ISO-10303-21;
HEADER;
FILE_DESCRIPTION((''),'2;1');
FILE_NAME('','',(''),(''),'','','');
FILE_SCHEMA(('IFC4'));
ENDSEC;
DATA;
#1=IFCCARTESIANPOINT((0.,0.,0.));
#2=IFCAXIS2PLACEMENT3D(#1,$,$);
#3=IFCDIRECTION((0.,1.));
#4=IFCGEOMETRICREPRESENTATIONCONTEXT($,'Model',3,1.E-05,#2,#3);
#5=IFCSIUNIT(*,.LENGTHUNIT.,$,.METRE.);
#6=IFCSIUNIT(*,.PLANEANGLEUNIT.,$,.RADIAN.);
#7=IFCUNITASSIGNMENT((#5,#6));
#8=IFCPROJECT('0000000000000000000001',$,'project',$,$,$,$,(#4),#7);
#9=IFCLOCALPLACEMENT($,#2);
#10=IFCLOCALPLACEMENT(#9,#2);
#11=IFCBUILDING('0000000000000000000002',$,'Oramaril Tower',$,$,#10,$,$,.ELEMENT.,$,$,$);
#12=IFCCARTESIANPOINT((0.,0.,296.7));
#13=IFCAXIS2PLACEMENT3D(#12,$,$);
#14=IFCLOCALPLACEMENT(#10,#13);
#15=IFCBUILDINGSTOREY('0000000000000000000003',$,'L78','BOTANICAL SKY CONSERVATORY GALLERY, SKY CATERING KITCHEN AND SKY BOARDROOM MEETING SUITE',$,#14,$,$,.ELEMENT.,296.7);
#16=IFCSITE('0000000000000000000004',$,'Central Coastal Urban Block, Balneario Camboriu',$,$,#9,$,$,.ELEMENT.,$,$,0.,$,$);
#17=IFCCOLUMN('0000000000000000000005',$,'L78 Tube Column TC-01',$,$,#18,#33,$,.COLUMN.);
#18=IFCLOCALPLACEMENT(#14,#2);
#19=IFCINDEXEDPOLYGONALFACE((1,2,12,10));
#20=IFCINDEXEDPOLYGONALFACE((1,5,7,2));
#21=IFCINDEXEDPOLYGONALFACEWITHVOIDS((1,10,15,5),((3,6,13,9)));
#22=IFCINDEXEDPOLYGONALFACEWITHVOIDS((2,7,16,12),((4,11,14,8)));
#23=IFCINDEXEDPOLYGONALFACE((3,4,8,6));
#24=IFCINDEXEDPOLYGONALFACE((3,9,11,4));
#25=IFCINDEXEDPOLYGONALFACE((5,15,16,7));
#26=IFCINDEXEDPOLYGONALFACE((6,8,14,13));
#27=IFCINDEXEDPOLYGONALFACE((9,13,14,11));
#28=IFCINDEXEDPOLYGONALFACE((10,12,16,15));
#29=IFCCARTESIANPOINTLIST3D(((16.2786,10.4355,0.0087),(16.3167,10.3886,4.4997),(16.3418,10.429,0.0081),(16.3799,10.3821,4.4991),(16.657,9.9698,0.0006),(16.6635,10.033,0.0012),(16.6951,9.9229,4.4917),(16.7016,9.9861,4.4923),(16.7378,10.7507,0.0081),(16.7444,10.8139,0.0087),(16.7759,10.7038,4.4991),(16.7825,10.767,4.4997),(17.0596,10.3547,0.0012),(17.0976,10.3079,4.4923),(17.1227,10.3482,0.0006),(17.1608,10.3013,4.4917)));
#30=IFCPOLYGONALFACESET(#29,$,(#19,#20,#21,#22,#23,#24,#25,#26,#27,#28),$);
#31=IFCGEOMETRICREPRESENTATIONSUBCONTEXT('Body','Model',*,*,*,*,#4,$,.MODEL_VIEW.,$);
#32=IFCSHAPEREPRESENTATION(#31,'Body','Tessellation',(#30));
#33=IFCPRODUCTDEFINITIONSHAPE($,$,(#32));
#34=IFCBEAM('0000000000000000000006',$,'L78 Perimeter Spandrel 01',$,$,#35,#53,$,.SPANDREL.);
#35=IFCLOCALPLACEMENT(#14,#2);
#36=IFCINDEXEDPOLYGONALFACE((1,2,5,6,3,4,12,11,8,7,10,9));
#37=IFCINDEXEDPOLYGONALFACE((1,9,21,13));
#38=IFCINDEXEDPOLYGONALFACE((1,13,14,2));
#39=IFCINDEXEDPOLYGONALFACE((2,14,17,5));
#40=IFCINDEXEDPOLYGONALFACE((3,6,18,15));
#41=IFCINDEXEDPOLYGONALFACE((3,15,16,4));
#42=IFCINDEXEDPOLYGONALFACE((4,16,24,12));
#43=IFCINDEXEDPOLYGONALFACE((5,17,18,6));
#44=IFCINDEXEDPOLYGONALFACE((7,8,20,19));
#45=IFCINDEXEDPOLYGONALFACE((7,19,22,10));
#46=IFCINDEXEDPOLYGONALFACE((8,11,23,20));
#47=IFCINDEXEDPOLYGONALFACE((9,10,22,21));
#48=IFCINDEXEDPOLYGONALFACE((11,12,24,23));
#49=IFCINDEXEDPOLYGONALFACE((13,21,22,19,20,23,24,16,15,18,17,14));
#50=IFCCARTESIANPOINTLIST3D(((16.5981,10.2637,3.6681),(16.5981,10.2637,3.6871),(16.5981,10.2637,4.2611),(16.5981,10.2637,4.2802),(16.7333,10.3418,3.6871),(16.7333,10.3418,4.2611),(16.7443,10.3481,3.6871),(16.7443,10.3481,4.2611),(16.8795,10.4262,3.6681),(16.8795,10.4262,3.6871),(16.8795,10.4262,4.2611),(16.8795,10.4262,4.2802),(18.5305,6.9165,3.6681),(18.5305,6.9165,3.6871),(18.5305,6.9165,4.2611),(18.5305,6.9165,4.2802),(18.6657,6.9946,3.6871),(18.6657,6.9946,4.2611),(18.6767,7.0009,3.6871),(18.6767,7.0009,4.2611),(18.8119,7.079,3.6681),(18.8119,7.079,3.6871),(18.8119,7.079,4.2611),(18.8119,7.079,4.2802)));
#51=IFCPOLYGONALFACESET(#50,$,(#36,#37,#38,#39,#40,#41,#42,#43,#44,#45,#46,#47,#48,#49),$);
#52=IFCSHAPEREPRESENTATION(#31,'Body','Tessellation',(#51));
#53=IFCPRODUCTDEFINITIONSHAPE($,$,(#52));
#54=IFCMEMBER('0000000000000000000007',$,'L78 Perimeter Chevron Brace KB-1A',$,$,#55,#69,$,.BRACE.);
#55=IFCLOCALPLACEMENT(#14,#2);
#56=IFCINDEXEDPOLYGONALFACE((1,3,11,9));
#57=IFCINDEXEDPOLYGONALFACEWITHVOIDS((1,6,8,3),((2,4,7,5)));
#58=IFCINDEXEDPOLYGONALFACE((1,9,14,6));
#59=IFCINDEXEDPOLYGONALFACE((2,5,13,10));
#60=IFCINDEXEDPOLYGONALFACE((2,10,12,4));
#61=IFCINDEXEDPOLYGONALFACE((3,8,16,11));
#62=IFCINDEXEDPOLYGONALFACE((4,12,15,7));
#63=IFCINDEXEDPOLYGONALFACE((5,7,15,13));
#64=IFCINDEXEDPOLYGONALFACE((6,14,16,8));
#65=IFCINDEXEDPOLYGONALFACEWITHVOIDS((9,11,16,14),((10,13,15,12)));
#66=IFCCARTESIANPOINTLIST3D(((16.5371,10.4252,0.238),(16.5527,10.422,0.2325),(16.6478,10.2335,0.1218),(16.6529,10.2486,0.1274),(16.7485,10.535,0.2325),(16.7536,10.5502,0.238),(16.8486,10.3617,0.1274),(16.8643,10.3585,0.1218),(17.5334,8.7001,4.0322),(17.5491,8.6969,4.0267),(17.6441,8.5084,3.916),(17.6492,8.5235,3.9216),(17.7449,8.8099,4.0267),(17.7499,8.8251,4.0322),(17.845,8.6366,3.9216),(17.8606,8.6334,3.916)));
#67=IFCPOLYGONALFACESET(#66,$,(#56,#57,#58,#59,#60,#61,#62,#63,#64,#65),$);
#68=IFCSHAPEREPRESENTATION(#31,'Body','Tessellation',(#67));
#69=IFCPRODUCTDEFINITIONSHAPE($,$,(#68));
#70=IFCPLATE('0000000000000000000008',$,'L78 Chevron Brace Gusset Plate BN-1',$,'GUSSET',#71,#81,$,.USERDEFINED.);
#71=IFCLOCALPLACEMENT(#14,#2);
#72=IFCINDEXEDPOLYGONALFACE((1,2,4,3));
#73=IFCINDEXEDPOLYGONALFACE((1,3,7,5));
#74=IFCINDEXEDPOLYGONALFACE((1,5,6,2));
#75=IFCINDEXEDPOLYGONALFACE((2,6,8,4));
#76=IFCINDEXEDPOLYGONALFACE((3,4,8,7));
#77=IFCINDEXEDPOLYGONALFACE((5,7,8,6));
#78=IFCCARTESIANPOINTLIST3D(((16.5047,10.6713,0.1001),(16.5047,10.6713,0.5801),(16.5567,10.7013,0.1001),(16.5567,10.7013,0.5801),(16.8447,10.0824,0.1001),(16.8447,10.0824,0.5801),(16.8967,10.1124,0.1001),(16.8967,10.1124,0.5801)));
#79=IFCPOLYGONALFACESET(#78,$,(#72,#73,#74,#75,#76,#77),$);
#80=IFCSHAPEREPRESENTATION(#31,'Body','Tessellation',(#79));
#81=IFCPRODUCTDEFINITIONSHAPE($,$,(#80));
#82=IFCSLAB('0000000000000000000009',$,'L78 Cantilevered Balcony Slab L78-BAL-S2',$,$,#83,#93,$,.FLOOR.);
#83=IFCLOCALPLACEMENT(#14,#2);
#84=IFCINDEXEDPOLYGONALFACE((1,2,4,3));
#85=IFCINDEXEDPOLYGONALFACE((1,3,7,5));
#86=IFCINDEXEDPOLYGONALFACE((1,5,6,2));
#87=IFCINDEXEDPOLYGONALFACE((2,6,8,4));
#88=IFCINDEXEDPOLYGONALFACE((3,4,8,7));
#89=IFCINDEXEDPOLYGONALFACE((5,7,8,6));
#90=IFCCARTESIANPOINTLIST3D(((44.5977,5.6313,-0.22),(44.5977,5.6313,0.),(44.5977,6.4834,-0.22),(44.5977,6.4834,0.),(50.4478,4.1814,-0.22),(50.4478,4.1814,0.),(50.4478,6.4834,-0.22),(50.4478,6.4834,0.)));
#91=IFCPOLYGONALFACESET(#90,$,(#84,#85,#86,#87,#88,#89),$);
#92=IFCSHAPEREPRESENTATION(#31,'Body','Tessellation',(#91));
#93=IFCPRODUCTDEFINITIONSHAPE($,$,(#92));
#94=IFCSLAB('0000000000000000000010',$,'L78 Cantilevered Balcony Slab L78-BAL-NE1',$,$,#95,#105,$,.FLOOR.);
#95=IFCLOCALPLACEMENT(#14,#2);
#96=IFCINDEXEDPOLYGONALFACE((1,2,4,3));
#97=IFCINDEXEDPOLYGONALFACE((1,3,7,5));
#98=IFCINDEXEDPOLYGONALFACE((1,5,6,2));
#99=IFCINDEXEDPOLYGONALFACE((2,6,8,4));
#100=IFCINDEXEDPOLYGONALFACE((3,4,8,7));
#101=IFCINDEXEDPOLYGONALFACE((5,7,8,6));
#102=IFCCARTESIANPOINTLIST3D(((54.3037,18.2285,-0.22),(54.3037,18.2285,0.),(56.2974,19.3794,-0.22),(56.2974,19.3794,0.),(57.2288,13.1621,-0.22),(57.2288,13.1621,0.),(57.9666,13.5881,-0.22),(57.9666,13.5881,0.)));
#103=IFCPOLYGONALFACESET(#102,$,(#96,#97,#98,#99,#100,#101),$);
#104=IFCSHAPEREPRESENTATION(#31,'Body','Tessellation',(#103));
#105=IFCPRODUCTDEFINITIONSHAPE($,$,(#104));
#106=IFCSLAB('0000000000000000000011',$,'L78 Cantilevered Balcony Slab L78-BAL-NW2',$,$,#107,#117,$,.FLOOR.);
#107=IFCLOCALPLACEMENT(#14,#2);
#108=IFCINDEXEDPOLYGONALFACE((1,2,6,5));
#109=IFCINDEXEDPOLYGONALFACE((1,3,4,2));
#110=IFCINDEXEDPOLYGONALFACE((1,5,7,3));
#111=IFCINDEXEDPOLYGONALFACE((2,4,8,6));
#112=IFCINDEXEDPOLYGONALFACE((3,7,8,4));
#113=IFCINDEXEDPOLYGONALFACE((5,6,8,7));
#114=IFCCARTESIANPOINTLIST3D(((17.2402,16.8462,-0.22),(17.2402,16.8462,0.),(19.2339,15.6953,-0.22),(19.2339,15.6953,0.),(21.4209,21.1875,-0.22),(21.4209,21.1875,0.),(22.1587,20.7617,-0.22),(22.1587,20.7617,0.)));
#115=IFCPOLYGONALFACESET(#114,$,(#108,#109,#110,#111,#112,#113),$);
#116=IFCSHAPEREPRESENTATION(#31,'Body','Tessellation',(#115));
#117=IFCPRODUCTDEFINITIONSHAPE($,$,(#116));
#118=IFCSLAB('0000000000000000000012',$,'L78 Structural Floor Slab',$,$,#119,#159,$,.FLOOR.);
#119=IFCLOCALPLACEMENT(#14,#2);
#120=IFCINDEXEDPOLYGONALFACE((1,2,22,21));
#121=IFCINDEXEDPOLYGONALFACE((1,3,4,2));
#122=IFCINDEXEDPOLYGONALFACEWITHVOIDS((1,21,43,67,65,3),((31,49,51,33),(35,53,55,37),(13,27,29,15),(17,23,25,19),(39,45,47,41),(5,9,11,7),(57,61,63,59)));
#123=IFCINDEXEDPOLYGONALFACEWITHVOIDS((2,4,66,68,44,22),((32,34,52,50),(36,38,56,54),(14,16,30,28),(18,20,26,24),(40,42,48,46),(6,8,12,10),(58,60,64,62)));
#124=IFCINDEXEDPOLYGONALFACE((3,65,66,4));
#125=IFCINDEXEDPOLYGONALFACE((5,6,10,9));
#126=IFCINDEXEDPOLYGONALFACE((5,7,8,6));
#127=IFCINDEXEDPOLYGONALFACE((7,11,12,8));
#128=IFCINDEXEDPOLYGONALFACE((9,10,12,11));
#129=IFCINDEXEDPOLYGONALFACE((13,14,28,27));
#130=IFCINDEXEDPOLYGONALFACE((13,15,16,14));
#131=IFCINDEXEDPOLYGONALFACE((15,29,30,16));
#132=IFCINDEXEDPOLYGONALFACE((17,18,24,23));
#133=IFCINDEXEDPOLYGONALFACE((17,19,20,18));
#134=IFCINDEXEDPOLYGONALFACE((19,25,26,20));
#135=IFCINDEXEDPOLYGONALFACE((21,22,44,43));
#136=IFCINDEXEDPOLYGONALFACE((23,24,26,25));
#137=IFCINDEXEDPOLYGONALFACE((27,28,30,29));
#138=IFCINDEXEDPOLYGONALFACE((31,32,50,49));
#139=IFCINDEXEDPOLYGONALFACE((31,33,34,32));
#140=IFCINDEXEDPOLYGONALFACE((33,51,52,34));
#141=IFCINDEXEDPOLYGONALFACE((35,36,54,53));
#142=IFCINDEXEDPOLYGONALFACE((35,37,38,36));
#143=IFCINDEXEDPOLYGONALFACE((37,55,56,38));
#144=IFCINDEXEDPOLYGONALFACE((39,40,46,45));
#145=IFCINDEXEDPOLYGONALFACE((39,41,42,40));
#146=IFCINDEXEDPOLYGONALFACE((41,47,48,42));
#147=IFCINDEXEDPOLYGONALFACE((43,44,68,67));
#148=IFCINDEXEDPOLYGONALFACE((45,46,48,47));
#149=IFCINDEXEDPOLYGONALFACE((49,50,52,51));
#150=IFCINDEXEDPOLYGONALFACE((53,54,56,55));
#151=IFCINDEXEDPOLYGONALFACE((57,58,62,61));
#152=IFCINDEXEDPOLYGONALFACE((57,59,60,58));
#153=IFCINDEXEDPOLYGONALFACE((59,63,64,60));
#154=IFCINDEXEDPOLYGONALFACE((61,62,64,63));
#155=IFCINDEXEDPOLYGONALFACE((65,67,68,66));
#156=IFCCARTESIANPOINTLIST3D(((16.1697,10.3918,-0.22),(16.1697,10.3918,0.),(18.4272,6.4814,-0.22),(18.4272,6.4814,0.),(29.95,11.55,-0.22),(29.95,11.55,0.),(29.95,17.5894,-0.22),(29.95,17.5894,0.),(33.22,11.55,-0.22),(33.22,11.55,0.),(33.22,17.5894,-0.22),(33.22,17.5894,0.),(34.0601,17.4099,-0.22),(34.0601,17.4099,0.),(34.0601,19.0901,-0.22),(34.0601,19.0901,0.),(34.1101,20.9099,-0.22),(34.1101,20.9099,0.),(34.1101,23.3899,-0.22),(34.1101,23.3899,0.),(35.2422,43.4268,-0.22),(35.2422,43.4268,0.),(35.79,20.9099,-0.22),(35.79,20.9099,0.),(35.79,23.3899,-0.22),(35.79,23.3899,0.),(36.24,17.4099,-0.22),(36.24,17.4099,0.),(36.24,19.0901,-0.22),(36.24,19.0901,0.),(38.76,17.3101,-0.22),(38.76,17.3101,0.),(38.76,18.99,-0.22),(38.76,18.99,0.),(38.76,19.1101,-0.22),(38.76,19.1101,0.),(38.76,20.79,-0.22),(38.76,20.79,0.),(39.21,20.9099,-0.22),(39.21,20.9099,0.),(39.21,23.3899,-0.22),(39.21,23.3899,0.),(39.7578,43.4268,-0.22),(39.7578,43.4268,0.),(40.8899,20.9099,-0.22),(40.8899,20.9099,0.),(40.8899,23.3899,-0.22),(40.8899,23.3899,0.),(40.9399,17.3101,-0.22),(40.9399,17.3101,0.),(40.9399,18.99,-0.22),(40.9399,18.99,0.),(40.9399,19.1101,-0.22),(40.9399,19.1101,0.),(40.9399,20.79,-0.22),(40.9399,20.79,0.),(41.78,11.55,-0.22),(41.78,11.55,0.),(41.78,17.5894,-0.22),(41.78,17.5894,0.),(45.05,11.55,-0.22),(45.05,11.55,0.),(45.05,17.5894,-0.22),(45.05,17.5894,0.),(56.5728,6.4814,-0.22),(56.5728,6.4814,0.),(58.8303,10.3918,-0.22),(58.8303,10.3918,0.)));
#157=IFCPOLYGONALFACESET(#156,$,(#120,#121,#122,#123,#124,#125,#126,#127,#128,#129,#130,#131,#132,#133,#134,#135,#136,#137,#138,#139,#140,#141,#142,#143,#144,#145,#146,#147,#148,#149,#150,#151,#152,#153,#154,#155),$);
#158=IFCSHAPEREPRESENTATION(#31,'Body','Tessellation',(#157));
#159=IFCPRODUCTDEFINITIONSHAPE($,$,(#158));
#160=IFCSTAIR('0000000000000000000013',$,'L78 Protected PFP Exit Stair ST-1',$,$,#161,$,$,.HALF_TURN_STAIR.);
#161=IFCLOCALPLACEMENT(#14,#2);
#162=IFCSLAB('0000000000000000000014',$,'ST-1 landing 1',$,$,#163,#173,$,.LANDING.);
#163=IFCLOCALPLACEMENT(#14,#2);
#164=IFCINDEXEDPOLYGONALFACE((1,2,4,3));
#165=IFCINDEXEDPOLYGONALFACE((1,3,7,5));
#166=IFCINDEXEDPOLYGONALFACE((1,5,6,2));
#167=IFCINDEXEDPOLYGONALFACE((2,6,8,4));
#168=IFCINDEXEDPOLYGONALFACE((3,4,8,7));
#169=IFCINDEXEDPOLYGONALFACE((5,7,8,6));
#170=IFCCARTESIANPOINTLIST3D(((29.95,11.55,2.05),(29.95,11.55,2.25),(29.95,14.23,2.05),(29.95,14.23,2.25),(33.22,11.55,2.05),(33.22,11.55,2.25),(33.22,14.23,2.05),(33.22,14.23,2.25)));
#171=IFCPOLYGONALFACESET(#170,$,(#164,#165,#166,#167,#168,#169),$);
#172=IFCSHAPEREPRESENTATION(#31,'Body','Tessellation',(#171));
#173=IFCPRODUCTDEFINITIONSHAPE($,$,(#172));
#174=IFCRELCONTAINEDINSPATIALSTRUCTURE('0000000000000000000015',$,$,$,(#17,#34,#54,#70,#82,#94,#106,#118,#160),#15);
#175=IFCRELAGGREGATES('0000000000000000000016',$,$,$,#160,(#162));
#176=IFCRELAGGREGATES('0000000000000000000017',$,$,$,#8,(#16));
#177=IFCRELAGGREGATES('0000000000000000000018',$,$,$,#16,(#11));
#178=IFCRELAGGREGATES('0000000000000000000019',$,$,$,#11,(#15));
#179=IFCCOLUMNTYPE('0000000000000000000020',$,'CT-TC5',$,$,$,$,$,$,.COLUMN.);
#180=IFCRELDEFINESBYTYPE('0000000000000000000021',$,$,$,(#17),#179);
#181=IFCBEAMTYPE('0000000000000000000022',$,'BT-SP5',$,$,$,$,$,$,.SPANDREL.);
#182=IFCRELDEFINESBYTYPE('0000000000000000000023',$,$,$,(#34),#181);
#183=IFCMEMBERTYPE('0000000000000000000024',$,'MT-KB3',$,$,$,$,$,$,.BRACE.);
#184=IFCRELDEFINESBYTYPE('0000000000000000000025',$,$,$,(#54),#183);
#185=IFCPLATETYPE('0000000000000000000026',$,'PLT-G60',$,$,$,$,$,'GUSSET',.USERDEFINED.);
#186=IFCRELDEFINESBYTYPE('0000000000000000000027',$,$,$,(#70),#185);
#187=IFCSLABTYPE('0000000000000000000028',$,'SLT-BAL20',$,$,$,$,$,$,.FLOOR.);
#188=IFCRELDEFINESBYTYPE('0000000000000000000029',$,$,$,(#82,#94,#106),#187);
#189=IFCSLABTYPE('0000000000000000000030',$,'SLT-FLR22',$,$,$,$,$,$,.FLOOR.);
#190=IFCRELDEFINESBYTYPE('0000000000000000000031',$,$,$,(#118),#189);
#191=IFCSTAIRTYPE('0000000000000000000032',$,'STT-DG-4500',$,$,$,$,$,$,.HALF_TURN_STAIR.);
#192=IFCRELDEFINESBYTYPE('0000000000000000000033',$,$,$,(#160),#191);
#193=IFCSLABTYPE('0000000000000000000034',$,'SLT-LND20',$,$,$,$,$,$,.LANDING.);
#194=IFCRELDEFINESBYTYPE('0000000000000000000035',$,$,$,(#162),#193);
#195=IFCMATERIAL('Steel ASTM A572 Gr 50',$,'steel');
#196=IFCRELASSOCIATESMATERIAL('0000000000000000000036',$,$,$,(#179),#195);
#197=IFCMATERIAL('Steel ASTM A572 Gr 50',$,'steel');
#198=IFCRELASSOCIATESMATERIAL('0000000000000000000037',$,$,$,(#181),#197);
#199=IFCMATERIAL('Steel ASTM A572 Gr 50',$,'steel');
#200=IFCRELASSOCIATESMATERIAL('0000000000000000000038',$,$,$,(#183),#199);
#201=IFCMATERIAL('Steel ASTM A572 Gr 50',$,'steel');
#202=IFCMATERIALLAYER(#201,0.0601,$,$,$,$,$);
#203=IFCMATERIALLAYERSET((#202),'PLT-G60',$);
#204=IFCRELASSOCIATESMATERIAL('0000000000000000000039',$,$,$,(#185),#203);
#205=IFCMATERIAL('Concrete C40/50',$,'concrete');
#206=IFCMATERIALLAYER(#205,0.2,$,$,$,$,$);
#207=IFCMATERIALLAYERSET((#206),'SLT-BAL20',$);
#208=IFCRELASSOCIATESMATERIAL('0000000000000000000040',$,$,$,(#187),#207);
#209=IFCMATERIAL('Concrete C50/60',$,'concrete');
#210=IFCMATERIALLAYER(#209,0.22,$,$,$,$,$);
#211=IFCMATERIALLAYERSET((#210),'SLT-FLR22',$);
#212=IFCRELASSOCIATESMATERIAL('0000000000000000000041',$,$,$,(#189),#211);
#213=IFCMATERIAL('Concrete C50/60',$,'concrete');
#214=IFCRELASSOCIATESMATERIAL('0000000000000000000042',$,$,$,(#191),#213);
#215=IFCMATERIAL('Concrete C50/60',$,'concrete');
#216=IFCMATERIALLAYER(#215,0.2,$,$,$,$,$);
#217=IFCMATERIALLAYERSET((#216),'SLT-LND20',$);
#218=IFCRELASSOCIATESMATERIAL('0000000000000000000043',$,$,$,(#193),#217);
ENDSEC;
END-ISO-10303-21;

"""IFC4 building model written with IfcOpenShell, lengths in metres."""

from ifc_helpers import new_model, si_unit, direction, frame, origin, origin_2d, place, context, subcontext, project, spatial, polyline, rectangle, hollow_rectangle, i_section, outline, extrude, material, layer, layer_set, material_profile, profile_set, type_object, element, aggregate, save


model = new_model("IFC4")

# Units and contexts
model_context = context("Model", 3, precision=1e-05, world=origin(), true_north=direction((0.0, 1.0)))
body_context = subcontext(model_context, "Body", "Model", "MODEL_VIEW")
ifc_project = project(units=[si_unit("LENGTHUNIT", "METRE"), si_unit("PLANEANGLEUNIT", "RADIAN")], contexts=[model_context])

# Site, building, storey
site_placement = place(None, origin())
site = spatial("IfcSite", under=ifc_project, at=site_placement, Name="Central Coastal Urban Block, Balneario Camboriu", CompositionType="ELEMENT", RefElevation=0.0)
building_placement = place(site_placement, origin())
building = spatial("IfcBuilding", under=site, at=building_placement, Name="Oramaril Tower", CompositionType="ELEMENT")
storey_placement = place(building_placement, frame((0.0, 0.0, 296.7)))
storey = spatial("IfcBuildingStorey", under=building, at=storey_placement, Name="L78", Description="BOTANICAL SKY CONSERVATORY GALLERY, SKY CATERING KITCHEN AND SKY BOARDROOM MEETING SUITE", CompositionType="ELEMENT", Elevation=296.7)

# Column
ifc_material_1 = material(Name="Steel ASTM A572 Gr 50", Category="steel")
ifc_material_profile_1 = material_profile(ifc_material_1, hollow_rectangle(XDim=0.6001, YDim=0.6001, WallThickness=0.0449, at=origin_2d()), Name="BOX600X600X45")
ifc_profile_set_1 = profile_set([ifc_material_profile_1], Name="Steel ASTM A572 Gr 50")
column_type = type_object("IfcColumnType", Name="CT-TC5", PredefinedType="COLUMN", material=ifc_profile_set_1)
column_placement = place(storey_placement, frame((16.7007, 10.3918, 0.0046), z_axis=(0.00848, -0.010437, 0.99991), x_axis=(0.776114, 0.630593, 0.0)))
element("IfcColumn", 1, at=column_placement, inside=storey, type_object=column_type, Name="L78 Tube Column TC-01", PredefinedType="COLUMN", context=body_context, shape_type="SweptSolid", body=[
    extrude(hollow_rectangle(XDim=0.6001, YDim=0.6001, WallThickness=0.0449, at=origin_2d()), origin(), (0.0, 0.0, 1.0), 4.4915),
])

# Beam
ifc_material_2 = material(Name="Steel ASTM A572 Gr 50", Category="steel")
ifc_material_profile_2 = material_profile(ifc_material_2, i_section(OverallWidth=0.325, OverallDepth=0.6121, WebThickness=0.0127, FlangeThickness=0.019, at=origin_2d()), Name="W24X104")
ifc_profile_set_2 = profile_set([ifc_material_profile_2], Name="Steel ASTM A572 Gr 50")
beam_type = type_object("IfcBeamType", Name="BT-SP5", PredefinedType="SPANDREL", material=ifc_profile_set_2)
beam_placement = place(storey_placement, frame((16.7388, 10.345, 3.9741), z_axis=(0.499978, -0.866038, 0.0), x_axis=(0.866038, 0.499978, 0.0)))
element("IfcBeam", 2, at=beam_placement, inside=storey, type_object=beam_type, Name="L78 Perimeter Spandrel 01", PredefinedType="SPANDREL", context=body_context, shape_type="SweptSolid", body=[
    extrude(i_section(OverallWidth=0.325, OverallDepth=0.6121, WebThickness=0.0127, FlangeThickness=0.019, at=origin_2d()), origin(), (0.0, 0.0, 1.0), 3.865),
])

# Member
ifc_material_3 = material(Name="Steel ASTM A572 Gr 50", Category="steel")
ifc_material_profile_3 = material_profile(ifc_material_3, hollow_rectangle(XDim=0.25, YDim=0.25, WallThickness=0.012, at=origin_2d()), Name="HSS250X250X12")
ifc_profile_set_3 = profile_set([ifc_material_profile_3], Name="Steel ASTM A572 Gr 50")
member_type = type_object("IfcMemberType", Name="MT-KB3", PredefinedType="BRACE", material=ifc_profile_set_3)
member_placement = place(storey_placement, frame((16.7007, 10.3918, 0.1799), z_axis=(0.232497, -0.402554, 0.885379), x_axis=(0.865949, 0.500133, 0.0)))
element("IfcMember", 3, at=member_placement, inside=storey, type_object=member_type, Name="L78 Perimeter Chevron Brace KB-1A", PredefinedType="BRACE", context=body_context, shape_type="SweptSolid", body=[
    extrude(hollow_rectangle(XDim=0.25, YDim=0.25, WallThickness=0.012, at=origin_2d()), origin(), (0.0, 0.0, 1.0), 4.2854),
])

# Plate
ifc_material_4 = material(Name="Steel ASTM A572 Gr 50", Category="steel")
ifc_layer_1 = layer(ifc_material_4, 0.0601)
ifc_layer_set_1 = layer_set([ifc_layer_1], Name="PLT-G60")
plate_type = type_object("IfcPlateType", Name="PLT-G60", ElementType="GUSSET", PredefinedType="USERDEFINED", material=ifc_layer_set_1)
plate_placement = place(storey_placement, frame((16.7007, 10.3918, 0.1001), z_axis=(0.0, 0.0, 1.0), x_axis=(0.499991, -0.866031, 0.0)))
element("IfcPlate", 4, at=plate_placement, inside=storey, type_object=plate_type, Name="L78 Chevron Brace Gusset Plate BN-1", ObjectType="GUSSET", PredefinedType="USERDEFINED", context=body_context, shape_type="SweptSolid", body=[
    extrude(rectangle(XDim=0.6799, YDim=0.0601, at=origin_2d()), origin(), (0.0, 0.0, 1.0), 0.48),
])

# Slabs
ifc_material_5 = material(Name="Concrete C40/50", Category="concrete")
ifc_layer_2 = layer(ifc_material_5, 0.2)
ifc_layer_set_2 = layer_set([ifc_layer_2], Name="SLT-BAL20")
slab_type_1 = type_object("IfcSlabType", Name="SLT-BAL20", PredefinedType="FLOOR", material=ifc_layer_set_2)
slab_1_placement = place(storey_placement, frame((0.0, 0.0, -0.22)))
element("IfcSlab", 5, at=slab_1_placement, inside=storey, type_object=slab_type_1, Name="L78 Cantilevered Balcony Slab L78-BAL-S2", PredefinedType="FLOOR", context=body_context, shape_type="SweptSolid", body=[
    extrude(outline(polyline([(44.5977, 6.4834), (50.4478, 6.4834), (50.4478, 4.1814), (44.5977, 5.6313), (44.5977, 6.4834)])), origin(), (0.0, 0.0, 1.0), 0.22),
])
slab_2_placement = place(storey_placement, frame((0.0, 0.0, -0.22)))
element("IfcSlab", 6, at=slab_2_placement, inside=storey, type_object=slab_type_1, Name="L78 Cantilevered Balcony Slab L78-BAL-NE1", PredefinedType="FLOOR", context=body_context, shape_type="SweptSolid", body=[
    extrude(outline(polyline([(57.2288, 13.1621), (54.3037, 18.2285), (56.2974, 19.3794), (57.9666, 13.5881), (57.2288, 13.1621)])), origin(), (0.0, 0.0, 1.0), 0.22),
])
slab_3_placement = place(storey_placement, frame((0.0, 0.0, -0.22)))
element("IfcSlab", 7, at=slab_3_placement, inside=storey, type_object=slab_type_1, Name="L78 Cantilevered Balcony Slab L78-BAL-NW2", PredefinedType="FLOOR", context=body_context, shape_type="SweptSolid", body=[
    extrude(outline(polyline([(22.1587, 20.7617), (19.2339, 15.6953), (17.2402, 16.8462), (21.4209, 21.1875), (22.1587, 20.7617)])), origin(), (0.0, 0.0, 1.0), 0.22),
])
ifc_material_6 = material(Name="Concrete C50/60", Category="concrete")
ifc_layer_3 = layer(ifc_material_6, 0.22)
ifc_layer_set_3 = layer_set([ifc_layer_3], Name="SLT-FLR22")
slab_type_2 = type_object("IfcSlabType", Name="SLT-FLR22", PredefinedType="FLOOR", material=ifc_layer_set_3)
slab_4_placement = place(storey_placement, frame((0.0, 0.0, -0.22)))
element("IfcSlab", 8, at=slab_4_placement, inside=storey, type_object=slab_type_2, Name="L78 Structural Floor Slab", PredefinedType="FLOOR", context=body_context, shape_type="SweptSolid", body=[
    extrude(outline(polyline([(16.1697, 10.3918), (18.4272, 6.4814), (56.5728, 6.4814), (58.8303, 10.3918), (39.7578, 43.4268), (35.2422, 43.4268), (16.1697, 10.3918)]), holes=[polyline([(29.95, 17.5894), (29.95, 11.55), (33.22, 11.55), (33.22, 17.5894), (29.95, 17.5894)]), polyline([(41.78, 17.5894), (41.78, 11.55), (45.05, 11.55), (45.05, 17.5894), (41.78, 17.5894)]), polyline([(34.1101, 20.9099), (35.79, 20.9099), (35.79, 23.3899), (34.1101, 23.3899), (34.1101, 20.9099)]), polyline([(39.21, 20.9099), (40.8899, 20.9099), (40.8899, 23.3899), (39.21, 23.3899), (39.21, 20.9099)]), polyline([(34.0601, 17.4099), (36.24, 17.4099), (36.24, 19.0901), (34.0601, 19.0901), (34.0601, 17.4099)]), polyline([(38.76, 17.3101), (40.9399, 17.3101), (40.9399, 18.99), (38.76, 18.99), (38.76, 17.3101)]), polyline([(38.76, 19.1101), (40.9399, 19.1101), (40.9399, 20.79), (38.76, 20.79), (38.76, 19.1101)])]), origin(), (0.0, 0.0, 1.0), 0.22),
])

# Stair, slab
ifc_material_7 = material(Name="Concrete C50/60", Category="concrete")
stair_type = type_object("IfcStairType", Name="STT-DG-4500", PredefinedType="HALF_TURN_STAIR", material=ifc_material_7)
stair_1_placement = place(storey_placement, origin())
stair_1 = element("IfcStair", 9, at=stair_1_placement, inside=storey, type_object=stair_type, Name="L78 Protected PFP Exit Stair ST-1", PredefinedType="HALF_TURN_STAIR")
ifc_material_8 = material(Name="Concrete C50/60", Category="concrete")
ifc_layer_4 = layer(ifc_material_8, 0.2)
ifc_layer_set_4 = layer_set([ifc_layer_4], Name="SLT-LND20")
slab_type_3 = type_object("IfcSlabType", Name="SLT-LND20", PredefinedType="LANDING", material=ifc_layer_set_4)
slab_5_placement = place(storey_placement, frame((0.0, 0.0, 2.05)))
slab_5 = element("IfcSlab", 10, at=slab_5_placement, type_object=slab_type_3, Name="ST-1 landing 1", PredefinedType="LANDING", context=body_context, shape_type="SweptSolid", body=[
    extrude(outline(polyline([(29.95, 14.23), (29.95, 11.55), (33.22, 11.55), (33.22, 14.23), (29.95, 14.23)])), origin(), (0.0, 0.0, 1.0), 0.2),
])
aggregate(stair_1, [slab_5])

save(model, "model.ifc")
